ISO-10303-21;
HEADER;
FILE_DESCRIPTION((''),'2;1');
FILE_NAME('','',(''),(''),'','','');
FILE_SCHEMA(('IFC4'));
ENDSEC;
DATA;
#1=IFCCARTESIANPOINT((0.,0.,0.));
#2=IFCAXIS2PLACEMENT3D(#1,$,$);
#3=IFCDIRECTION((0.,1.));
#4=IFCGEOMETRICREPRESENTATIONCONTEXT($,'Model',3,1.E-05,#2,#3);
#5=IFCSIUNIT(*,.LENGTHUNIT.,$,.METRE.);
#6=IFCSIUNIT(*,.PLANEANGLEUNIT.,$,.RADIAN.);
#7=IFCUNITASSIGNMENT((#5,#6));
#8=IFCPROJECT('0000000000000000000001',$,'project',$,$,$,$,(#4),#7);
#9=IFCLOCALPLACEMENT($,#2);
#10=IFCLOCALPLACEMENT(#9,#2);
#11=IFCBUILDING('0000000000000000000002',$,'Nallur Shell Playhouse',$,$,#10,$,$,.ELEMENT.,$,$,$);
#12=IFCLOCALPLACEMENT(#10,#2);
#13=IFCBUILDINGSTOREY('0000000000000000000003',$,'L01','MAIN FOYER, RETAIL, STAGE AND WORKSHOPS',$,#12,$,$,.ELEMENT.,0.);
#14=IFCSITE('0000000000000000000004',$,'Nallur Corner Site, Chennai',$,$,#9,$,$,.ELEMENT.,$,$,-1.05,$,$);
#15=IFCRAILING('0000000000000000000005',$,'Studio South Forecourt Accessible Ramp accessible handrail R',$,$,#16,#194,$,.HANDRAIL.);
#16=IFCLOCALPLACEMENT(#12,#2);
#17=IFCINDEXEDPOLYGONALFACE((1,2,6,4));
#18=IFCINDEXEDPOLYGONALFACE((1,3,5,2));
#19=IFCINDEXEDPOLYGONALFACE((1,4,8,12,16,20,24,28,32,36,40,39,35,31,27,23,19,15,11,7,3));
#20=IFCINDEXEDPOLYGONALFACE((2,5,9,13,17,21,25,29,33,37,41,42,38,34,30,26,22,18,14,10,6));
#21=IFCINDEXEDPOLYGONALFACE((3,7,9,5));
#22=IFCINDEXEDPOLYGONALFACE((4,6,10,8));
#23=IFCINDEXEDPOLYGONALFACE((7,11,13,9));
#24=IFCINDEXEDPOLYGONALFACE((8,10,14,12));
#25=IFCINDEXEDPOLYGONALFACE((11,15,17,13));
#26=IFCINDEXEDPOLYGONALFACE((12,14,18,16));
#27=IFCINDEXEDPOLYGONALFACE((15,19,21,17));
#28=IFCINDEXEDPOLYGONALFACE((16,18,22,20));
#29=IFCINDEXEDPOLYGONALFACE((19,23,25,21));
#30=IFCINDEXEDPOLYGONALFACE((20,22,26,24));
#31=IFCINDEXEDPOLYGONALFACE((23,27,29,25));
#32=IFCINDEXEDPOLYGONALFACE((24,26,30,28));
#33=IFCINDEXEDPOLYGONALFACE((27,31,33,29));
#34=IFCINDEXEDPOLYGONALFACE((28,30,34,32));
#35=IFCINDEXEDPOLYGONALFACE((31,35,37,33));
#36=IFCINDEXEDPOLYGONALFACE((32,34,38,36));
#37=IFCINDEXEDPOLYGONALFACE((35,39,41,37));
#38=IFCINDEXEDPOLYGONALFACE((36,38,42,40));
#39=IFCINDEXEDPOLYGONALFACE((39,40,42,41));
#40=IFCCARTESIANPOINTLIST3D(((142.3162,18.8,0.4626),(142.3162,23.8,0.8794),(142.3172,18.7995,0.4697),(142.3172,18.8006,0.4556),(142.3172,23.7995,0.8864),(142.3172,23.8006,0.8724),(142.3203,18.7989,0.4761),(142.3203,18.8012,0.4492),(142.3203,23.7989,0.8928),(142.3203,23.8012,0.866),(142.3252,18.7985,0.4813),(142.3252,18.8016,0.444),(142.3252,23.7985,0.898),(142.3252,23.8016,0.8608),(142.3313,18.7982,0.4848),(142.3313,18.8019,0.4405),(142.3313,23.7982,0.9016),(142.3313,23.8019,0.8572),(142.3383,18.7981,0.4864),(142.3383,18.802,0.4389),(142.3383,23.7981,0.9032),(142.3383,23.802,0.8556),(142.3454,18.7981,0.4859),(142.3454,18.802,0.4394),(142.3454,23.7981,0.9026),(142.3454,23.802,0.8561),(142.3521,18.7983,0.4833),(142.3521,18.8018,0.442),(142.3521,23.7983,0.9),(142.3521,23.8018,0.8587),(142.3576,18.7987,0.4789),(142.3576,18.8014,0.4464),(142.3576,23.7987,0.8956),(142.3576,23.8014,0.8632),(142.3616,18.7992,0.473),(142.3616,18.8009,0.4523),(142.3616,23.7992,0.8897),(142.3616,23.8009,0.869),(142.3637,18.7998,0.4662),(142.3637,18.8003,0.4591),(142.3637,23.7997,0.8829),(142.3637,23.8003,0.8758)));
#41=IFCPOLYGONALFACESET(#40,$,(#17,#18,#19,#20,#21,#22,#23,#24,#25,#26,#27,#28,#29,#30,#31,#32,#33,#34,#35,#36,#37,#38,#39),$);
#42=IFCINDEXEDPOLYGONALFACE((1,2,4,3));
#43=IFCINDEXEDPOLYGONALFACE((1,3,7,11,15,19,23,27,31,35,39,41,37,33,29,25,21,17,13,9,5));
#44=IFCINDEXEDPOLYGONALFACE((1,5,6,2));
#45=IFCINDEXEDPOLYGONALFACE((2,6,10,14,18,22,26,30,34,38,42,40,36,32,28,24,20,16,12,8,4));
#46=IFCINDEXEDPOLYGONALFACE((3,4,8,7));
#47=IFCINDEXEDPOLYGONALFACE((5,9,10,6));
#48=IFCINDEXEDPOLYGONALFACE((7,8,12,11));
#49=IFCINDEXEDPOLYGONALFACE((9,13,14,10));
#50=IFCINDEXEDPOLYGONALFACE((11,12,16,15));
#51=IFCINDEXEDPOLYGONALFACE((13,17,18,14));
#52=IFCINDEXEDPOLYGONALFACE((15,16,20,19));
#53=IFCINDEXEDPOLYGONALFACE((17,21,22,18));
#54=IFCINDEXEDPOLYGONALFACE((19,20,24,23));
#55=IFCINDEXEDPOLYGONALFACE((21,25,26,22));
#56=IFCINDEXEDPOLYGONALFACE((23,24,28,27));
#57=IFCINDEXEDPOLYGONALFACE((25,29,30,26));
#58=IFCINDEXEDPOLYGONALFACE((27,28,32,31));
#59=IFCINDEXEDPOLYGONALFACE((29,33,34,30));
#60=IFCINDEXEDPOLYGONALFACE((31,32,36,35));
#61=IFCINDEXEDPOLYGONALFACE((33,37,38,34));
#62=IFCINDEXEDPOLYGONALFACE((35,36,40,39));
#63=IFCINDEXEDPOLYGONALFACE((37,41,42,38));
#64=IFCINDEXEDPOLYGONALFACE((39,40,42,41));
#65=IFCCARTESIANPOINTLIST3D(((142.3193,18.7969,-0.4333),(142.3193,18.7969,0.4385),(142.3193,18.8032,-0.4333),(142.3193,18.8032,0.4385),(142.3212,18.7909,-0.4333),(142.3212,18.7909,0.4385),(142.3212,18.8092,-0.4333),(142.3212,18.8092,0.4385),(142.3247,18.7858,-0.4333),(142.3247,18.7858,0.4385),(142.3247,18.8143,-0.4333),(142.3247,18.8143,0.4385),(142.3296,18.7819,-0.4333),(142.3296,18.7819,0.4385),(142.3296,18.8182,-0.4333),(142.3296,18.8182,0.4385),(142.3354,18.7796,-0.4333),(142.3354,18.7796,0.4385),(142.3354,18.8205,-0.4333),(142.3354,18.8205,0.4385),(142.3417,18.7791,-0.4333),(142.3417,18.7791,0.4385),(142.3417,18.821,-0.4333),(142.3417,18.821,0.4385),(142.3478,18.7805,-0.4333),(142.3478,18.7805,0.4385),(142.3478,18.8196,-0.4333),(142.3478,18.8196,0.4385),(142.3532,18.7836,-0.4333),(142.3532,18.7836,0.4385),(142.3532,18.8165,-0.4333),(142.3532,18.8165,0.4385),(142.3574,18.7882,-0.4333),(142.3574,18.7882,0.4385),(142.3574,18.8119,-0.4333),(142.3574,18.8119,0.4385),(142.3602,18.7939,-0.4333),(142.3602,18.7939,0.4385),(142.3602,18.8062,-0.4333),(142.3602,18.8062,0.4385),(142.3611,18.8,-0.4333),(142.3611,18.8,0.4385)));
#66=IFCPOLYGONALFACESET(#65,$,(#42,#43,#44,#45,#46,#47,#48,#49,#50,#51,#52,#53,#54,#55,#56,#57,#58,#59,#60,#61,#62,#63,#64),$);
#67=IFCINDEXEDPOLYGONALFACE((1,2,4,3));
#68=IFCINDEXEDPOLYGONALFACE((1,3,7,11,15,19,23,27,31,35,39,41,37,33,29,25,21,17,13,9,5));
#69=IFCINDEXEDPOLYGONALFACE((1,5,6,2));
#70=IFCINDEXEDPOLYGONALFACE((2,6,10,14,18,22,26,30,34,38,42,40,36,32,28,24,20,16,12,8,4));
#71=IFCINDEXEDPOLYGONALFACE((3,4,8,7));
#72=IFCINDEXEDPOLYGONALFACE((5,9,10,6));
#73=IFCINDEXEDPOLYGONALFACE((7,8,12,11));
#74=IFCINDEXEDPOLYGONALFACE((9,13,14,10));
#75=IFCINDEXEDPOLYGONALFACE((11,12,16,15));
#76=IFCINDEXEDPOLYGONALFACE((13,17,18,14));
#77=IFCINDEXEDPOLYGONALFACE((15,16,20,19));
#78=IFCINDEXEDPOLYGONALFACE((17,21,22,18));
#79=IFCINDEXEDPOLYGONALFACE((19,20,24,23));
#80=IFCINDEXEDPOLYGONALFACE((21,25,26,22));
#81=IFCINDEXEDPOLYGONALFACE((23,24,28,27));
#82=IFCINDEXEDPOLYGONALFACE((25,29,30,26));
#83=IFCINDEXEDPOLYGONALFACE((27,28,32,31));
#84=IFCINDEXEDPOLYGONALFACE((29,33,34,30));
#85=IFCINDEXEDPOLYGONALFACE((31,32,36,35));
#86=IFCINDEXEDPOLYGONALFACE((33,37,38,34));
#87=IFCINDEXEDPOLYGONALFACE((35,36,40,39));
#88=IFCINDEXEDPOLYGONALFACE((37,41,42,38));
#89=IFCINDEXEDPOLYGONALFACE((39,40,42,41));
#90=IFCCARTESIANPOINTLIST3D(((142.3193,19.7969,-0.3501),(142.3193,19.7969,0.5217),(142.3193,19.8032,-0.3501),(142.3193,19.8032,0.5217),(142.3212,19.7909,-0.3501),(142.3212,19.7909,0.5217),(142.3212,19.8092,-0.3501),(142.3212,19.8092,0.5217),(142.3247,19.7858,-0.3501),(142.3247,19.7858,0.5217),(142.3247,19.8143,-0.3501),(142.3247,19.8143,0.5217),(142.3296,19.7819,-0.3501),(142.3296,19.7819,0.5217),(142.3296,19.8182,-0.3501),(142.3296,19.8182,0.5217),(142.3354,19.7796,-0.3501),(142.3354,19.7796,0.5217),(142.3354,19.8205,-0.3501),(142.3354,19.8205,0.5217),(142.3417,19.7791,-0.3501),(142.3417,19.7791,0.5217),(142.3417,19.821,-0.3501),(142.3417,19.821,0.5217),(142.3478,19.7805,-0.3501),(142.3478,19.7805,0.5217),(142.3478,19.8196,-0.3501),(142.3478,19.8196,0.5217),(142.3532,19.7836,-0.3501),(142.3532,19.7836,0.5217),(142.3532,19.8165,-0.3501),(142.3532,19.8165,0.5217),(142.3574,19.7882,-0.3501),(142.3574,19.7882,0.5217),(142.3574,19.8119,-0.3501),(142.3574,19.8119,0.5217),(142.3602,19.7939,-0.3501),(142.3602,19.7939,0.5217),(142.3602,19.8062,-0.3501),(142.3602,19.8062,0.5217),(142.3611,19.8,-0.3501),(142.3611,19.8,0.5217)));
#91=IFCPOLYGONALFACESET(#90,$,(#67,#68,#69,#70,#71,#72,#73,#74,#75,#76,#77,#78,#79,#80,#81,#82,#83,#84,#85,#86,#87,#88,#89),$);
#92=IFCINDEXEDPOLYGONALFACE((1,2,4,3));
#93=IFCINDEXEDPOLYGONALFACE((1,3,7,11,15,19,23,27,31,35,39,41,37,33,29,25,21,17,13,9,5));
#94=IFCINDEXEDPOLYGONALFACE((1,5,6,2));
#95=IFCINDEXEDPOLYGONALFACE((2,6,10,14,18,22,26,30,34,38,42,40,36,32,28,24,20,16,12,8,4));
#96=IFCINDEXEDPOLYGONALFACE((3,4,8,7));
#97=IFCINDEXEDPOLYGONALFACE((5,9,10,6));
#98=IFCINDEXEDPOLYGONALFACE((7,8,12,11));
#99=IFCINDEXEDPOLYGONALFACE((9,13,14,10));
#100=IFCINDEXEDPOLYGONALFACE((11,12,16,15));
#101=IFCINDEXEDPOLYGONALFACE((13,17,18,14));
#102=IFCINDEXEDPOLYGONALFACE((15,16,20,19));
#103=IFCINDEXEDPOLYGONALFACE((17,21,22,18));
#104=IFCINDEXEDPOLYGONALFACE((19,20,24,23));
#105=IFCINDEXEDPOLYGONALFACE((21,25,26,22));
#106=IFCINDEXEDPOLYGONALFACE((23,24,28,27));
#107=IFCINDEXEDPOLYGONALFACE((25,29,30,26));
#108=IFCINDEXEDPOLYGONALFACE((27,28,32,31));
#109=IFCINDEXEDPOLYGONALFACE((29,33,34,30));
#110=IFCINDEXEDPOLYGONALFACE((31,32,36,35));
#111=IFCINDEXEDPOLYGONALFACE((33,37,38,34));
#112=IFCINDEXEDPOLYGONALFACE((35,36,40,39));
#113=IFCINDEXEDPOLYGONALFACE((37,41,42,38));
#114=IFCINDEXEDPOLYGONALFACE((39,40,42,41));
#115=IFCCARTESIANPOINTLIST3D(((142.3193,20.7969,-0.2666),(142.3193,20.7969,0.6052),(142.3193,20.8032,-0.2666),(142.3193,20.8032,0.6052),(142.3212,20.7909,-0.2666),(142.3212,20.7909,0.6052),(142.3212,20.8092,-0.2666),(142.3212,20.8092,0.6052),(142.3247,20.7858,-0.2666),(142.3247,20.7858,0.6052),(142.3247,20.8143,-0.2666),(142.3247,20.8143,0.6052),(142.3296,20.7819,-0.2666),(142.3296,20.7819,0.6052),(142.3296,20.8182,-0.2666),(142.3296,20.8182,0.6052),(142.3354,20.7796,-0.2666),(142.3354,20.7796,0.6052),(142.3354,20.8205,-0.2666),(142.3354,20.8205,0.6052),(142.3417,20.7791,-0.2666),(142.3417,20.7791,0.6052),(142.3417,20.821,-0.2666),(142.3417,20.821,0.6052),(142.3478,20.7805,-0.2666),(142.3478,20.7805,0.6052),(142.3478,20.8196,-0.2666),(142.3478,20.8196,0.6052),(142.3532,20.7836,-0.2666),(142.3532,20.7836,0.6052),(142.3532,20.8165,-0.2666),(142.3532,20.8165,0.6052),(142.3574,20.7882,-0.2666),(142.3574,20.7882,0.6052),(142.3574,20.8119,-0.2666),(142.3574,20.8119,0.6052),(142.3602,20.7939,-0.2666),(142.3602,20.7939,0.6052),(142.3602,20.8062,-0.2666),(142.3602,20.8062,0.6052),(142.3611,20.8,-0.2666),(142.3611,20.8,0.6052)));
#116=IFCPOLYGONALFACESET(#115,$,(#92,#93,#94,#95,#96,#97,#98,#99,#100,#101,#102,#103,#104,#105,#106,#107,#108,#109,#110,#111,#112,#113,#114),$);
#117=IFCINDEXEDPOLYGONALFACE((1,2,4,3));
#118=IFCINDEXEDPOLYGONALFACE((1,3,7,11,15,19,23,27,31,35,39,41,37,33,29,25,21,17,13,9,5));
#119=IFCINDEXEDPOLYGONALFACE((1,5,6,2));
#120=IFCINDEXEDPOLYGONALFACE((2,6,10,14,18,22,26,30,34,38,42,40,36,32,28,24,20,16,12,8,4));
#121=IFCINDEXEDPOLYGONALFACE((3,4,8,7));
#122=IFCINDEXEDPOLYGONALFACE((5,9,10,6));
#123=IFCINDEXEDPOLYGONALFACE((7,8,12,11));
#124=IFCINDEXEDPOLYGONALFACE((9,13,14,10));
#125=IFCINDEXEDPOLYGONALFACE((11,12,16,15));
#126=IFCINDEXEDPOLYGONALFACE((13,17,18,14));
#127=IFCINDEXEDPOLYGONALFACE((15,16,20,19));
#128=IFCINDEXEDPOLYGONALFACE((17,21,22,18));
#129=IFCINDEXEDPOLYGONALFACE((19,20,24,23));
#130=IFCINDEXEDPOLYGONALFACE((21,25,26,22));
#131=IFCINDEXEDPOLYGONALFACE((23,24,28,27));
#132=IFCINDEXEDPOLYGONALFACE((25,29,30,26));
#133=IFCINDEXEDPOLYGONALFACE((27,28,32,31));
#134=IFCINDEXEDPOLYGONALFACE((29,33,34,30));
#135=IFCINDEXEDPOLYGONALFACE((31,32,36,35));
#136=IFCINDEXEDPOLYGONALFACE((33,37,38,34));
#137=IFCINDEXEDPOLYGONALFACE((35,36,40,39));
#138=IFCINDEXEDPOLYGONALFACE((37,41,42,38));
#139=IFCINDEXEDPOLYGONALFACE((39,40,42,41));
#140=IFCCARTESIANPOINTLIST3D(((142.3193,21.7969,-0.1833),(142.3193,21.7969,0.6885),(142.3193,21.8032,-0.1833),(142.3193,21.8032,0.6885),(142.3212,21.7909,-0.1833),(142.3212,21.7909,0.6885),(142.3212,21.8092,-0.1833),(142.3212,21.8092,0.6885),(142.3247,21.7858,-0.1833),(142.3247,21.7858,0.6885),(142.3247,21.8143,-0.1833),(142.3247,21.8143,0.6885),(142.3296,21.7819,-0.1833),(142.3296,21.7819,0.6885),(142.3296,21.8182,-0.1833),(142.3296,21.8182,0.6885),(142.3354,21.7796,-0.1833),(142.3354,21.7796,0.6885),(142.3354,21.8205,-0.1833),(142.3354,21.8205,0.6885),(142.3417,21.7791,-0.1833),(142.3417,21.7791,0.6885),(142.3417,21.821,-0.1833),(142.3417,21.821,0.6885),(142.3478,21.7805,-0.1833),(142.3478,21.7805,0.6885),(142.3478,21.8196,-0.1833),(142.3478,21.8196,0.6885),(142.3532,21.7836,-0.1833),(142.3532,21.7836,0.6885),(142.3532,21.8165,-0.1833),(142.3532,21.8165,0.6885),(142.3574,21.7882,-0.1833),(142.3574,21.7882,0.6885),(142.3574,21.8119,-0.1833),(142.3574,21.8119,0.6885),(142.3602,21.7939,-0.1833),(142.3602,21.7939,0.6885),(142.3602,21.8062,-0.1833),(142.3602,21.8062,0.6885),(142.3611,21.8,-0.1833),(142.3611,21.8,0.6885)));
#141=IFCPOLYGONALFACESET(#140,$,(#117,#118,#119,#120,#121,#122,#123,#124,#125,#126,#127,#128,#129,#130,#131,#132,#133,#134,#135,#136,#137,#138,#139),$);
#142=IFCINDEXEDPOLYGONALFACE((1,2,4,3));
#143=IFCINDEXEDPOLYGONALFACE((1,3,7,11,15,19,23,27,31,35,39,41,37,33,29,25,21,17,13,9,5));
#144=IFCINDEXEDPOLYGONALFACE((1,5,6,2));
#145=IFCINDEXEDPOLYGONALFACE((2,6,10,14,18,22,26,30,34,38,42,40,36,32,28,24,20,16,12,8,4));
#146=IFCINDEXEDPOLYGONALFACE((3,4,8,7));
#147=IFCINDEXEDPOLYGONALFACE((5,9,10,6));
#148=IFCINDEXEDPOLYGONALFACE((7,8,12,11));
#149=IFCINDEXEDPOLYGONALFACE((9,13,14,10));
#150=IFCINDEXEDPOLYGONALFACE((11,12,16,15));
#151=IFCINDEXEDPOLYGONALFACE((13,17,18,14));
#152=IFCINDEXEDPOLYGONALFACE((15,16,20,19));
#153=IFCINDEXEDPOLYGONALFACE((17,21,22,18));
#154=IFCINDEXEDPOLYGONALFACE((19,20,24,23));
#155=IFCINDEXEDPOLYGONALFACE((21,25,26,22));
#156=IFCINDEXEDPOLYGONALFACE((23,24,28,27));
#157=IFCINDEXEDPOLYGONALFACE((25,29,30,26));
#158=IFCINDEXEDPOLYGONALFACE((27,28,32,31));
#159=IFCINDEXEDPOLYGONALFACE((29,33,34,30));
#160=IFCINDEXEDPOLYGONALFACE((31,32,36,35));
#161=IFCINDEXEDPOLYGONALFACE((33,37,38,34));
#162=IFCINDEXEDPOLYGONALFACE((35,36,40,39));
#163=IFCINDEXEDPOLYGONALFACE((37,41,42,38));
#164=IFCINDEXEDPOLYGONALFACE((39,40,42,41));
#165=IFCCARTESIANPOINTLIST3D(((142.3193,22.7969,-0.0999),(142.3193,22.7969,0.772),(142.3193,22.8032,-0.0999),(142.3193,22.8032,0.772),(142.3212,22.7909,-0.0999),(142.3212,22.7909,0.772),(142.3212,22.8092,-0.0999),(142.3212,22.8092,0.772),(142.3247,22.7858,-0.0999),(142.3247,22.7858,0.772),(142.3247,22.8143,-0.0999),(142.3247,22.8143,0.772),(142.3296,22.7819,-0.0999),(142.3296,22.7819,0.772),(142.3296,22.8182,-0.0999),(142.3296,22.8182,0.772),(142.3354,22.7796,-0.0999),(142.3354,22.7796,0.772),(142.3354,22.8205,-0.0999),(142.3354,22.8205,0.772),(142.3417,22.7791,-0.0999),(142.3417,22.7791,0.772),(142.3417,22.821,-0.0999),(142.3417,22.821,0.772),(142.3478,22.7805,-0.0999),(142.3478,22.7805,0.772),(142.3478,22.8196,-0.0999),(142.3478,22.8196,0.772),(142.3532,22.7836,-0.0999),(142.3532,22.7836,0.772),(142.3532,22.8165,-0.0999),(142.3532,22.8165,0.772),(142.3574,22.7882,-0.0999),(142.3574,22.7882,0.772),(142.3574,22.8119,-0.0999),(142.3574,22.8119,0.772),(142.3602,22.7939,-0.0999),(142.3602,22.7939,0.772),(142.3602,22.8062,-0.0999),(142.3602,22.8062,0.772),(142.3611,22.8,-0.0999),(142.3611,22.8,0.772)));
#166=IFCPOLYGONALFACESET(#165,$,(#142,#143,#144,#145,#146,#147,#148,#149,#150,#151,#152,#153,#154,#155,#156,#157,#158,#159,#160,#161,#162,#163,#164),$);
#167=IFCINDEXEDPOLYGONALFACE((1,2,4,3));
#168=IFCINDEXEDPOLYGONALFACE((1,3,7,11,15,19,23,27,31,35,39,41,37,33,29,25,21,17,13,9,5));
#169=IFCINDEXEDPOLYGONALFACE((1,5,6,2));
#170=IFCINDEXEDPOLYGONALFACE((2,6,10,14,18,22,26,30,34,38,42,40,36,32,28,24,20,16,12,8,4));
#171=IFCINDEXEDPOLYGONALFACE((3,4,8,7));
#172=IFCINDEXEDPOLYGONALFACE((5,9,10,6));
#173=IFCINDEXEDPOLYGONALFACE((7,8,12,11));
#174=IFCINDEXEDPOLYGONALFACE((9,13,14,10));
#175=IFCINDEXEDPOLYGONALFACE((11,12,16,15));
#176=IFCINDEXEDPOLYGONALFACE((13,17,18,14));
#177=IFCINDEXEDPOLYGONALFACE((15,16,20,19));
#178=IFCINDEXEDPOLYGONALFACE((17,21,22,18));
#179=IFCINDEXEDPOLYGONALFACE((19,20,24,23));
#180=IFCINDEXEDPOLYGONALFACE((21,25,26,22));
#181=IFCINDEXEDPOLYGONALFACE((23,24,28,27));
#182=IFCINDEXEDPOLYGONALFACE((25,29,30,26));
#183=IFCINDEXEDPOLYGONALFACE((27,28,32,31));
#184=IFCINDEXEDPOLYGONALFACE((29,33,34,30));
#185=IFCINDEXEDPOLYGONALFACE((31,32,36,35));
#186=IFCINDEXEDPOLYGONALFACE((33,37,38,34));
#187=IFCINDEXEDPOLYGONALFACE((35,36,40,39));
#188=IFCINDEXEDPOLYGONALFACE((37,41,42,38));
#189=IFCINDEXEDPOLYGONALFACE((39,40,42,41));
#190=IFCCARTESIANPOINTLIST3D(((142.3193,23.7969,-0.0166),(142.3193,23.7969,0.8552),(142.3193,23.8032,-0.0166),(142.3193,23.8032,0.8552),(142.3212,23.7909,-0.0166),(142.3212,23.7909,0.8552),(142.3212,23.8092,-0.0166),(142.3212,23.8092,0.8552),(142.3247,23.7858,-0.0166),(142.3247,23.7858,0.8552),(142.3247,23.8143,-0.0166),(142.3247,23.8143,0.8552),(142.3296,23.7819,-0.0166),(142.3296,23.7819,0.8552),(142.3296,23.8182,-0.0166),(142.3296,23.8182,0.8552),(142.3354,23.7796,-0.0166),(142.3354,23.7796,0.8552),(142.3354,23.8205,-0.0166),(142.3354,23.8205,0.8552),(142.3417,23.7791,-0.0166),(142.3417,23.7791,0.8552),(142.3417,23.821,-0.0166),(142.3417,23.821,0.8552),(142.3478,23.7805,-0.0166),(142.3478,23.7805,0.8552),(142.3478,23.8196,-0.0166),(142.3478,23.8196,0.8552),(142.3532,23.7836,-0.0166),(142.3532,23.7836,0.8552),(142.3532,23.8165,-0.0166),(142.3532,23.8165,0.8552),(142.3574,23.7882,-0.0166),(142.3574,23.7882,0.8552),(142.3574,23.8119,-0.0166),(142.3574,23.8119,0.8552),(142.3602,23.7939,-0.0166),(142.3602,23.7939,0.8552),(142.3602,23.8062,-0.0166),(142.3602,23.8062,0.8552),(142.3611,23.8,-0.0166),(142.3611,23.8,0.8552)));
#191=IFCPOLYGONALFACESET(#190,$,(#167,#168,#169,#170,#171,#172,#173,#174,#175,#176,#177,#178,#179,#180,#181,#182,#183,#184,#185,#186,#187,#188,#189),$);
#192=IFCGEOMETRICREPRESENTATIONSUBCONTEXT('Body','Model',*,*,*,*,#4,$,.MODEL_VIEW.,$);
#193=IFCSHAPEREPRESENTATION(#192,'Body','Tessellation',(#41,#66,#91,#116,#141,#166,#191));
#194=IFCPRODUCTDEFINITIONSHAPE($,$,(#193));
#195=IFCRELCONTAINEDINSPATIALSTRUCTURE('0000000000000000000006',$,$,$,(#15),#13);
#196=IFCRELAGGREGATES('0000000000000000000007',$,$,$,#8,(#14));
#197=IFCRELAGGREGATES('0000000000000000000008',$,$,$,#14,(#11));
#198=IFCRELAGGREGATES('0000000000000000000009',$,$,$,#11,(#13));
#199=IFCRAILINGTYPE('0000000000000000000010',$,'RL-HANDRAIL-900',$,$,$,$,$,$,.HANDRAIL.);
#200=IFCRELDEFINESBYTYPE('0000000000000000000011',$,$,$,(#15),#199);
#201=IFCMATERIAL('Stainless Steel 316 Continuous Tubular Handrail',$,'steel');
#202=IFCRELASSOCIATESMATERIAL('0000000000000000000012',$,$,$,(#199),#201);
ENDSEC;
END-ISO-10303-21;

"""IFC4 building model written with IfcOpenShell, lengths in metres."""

from ifc_helpers import new_model, si_unit, direction, frame, origin, origin_2d, place, context, subcontext, project, spatial, circle, extrude, material, type_object, element, save


model = new_model("IFC4")

# Units and contexts
model_context = context("Model", 3, precision=1e-05, world=origin(), true_north=direction((0.0, 1.0)))
body_context = subcontext(model_context, "Body", "Model", "MODEL_VIEW")
ifc_project = project(units=[si_unit("LENGTHUNIT", "METRE"), si_unit("PLANEANGLEUNIT", "RADIAN")], contexts=[model_context])

# Site, building, storey
site_placement = place(None, origin())
site = spatial("IfcSite", under=ifc_project, at=site_placement, Name="Nallur Corner Site, Chennai", CompositionType="ELEMENT", RefElevation=-1.05)
building_placement = place(site_placement, origin())
building = spatial("IfcBuilding", under=site, at=building_placement, Name="Nallur Shell Playhouse", CompositionType="ELEMENT")
storey_placement = place(building_placement, origin())
storey = spatial("IfcBuildingStorey", under=building, at=storey_placement, Name="L01", Description="MAIN FOYER, RETAIL, STAGE AND WORKSHOPS", CompositionType="ELEMENT", Elevation=0.0)

# Railing
ifc_material_1 = material(Name="Stainless Steel 316 Continuous Tubular Handrail", Category="steel")
railing_type = type_object("IfcRailingType", Name="RL-HANDRAIL-900", PredefinedType="HANDRAIL", material=ifc_material_1)
for number, where, name in (
    (1, (142.3401, 18.8, -0.4333), "Studio South Forecourt Accessible Ramp accessible handrail R"),
):
    element("IfcRailing", number, at=place(storey_placement, frame(where)), inside=storey, type_object=railing_type, Name=name, PredefinedType="HANDRAIL", context=body_context, shape_type="SweptSolid", body=[
        extrude(circle(Radius=0.0239, at=origin_2d()), frame((0.0, 0.0, 0.896), z_axis=(0.0, 0.996544, 0.083062), x_axis=(-1.0, 0.0, 0.0)), (0.0, 0.0, 1.0), 5.0173),
        extrude(circle(Radius=0.021, at=origin_2d()), origin(), (0.0, 0.0, 1.0), 0.8718),
        extrude(circle(Radius=0.021, at=origin_2d()), frame((0.0, 1.0, 0.0833)), (0.0, 0.0, 1.0), 0.8718),
        extrude(circle(Radius=0.021, at=origin_2d()), frame((0.0, 2.0, 0.1667)), (0.0, 0.0, 1.0), 0.8718),
        extrude(circle(Radius=0.021, at=origin_2d()), frame((0.0, 3.0, 0.25)), (0.0, 0.0, 1.0), 0.8718),
        extrude(circle(Radius=0.021, at=origin_2d()), frame((0.0, 4.0, 0.3335)), (0.0, 0.0, 1.0), 0.8718),
        extrude(circle(Radius=0.021, at=origin_2d()), frame((0.0, 5.0, 0.4167)), (0.0, 0.0, 1.0), 0.8718),
    ])

save(model, "model.ifc")
